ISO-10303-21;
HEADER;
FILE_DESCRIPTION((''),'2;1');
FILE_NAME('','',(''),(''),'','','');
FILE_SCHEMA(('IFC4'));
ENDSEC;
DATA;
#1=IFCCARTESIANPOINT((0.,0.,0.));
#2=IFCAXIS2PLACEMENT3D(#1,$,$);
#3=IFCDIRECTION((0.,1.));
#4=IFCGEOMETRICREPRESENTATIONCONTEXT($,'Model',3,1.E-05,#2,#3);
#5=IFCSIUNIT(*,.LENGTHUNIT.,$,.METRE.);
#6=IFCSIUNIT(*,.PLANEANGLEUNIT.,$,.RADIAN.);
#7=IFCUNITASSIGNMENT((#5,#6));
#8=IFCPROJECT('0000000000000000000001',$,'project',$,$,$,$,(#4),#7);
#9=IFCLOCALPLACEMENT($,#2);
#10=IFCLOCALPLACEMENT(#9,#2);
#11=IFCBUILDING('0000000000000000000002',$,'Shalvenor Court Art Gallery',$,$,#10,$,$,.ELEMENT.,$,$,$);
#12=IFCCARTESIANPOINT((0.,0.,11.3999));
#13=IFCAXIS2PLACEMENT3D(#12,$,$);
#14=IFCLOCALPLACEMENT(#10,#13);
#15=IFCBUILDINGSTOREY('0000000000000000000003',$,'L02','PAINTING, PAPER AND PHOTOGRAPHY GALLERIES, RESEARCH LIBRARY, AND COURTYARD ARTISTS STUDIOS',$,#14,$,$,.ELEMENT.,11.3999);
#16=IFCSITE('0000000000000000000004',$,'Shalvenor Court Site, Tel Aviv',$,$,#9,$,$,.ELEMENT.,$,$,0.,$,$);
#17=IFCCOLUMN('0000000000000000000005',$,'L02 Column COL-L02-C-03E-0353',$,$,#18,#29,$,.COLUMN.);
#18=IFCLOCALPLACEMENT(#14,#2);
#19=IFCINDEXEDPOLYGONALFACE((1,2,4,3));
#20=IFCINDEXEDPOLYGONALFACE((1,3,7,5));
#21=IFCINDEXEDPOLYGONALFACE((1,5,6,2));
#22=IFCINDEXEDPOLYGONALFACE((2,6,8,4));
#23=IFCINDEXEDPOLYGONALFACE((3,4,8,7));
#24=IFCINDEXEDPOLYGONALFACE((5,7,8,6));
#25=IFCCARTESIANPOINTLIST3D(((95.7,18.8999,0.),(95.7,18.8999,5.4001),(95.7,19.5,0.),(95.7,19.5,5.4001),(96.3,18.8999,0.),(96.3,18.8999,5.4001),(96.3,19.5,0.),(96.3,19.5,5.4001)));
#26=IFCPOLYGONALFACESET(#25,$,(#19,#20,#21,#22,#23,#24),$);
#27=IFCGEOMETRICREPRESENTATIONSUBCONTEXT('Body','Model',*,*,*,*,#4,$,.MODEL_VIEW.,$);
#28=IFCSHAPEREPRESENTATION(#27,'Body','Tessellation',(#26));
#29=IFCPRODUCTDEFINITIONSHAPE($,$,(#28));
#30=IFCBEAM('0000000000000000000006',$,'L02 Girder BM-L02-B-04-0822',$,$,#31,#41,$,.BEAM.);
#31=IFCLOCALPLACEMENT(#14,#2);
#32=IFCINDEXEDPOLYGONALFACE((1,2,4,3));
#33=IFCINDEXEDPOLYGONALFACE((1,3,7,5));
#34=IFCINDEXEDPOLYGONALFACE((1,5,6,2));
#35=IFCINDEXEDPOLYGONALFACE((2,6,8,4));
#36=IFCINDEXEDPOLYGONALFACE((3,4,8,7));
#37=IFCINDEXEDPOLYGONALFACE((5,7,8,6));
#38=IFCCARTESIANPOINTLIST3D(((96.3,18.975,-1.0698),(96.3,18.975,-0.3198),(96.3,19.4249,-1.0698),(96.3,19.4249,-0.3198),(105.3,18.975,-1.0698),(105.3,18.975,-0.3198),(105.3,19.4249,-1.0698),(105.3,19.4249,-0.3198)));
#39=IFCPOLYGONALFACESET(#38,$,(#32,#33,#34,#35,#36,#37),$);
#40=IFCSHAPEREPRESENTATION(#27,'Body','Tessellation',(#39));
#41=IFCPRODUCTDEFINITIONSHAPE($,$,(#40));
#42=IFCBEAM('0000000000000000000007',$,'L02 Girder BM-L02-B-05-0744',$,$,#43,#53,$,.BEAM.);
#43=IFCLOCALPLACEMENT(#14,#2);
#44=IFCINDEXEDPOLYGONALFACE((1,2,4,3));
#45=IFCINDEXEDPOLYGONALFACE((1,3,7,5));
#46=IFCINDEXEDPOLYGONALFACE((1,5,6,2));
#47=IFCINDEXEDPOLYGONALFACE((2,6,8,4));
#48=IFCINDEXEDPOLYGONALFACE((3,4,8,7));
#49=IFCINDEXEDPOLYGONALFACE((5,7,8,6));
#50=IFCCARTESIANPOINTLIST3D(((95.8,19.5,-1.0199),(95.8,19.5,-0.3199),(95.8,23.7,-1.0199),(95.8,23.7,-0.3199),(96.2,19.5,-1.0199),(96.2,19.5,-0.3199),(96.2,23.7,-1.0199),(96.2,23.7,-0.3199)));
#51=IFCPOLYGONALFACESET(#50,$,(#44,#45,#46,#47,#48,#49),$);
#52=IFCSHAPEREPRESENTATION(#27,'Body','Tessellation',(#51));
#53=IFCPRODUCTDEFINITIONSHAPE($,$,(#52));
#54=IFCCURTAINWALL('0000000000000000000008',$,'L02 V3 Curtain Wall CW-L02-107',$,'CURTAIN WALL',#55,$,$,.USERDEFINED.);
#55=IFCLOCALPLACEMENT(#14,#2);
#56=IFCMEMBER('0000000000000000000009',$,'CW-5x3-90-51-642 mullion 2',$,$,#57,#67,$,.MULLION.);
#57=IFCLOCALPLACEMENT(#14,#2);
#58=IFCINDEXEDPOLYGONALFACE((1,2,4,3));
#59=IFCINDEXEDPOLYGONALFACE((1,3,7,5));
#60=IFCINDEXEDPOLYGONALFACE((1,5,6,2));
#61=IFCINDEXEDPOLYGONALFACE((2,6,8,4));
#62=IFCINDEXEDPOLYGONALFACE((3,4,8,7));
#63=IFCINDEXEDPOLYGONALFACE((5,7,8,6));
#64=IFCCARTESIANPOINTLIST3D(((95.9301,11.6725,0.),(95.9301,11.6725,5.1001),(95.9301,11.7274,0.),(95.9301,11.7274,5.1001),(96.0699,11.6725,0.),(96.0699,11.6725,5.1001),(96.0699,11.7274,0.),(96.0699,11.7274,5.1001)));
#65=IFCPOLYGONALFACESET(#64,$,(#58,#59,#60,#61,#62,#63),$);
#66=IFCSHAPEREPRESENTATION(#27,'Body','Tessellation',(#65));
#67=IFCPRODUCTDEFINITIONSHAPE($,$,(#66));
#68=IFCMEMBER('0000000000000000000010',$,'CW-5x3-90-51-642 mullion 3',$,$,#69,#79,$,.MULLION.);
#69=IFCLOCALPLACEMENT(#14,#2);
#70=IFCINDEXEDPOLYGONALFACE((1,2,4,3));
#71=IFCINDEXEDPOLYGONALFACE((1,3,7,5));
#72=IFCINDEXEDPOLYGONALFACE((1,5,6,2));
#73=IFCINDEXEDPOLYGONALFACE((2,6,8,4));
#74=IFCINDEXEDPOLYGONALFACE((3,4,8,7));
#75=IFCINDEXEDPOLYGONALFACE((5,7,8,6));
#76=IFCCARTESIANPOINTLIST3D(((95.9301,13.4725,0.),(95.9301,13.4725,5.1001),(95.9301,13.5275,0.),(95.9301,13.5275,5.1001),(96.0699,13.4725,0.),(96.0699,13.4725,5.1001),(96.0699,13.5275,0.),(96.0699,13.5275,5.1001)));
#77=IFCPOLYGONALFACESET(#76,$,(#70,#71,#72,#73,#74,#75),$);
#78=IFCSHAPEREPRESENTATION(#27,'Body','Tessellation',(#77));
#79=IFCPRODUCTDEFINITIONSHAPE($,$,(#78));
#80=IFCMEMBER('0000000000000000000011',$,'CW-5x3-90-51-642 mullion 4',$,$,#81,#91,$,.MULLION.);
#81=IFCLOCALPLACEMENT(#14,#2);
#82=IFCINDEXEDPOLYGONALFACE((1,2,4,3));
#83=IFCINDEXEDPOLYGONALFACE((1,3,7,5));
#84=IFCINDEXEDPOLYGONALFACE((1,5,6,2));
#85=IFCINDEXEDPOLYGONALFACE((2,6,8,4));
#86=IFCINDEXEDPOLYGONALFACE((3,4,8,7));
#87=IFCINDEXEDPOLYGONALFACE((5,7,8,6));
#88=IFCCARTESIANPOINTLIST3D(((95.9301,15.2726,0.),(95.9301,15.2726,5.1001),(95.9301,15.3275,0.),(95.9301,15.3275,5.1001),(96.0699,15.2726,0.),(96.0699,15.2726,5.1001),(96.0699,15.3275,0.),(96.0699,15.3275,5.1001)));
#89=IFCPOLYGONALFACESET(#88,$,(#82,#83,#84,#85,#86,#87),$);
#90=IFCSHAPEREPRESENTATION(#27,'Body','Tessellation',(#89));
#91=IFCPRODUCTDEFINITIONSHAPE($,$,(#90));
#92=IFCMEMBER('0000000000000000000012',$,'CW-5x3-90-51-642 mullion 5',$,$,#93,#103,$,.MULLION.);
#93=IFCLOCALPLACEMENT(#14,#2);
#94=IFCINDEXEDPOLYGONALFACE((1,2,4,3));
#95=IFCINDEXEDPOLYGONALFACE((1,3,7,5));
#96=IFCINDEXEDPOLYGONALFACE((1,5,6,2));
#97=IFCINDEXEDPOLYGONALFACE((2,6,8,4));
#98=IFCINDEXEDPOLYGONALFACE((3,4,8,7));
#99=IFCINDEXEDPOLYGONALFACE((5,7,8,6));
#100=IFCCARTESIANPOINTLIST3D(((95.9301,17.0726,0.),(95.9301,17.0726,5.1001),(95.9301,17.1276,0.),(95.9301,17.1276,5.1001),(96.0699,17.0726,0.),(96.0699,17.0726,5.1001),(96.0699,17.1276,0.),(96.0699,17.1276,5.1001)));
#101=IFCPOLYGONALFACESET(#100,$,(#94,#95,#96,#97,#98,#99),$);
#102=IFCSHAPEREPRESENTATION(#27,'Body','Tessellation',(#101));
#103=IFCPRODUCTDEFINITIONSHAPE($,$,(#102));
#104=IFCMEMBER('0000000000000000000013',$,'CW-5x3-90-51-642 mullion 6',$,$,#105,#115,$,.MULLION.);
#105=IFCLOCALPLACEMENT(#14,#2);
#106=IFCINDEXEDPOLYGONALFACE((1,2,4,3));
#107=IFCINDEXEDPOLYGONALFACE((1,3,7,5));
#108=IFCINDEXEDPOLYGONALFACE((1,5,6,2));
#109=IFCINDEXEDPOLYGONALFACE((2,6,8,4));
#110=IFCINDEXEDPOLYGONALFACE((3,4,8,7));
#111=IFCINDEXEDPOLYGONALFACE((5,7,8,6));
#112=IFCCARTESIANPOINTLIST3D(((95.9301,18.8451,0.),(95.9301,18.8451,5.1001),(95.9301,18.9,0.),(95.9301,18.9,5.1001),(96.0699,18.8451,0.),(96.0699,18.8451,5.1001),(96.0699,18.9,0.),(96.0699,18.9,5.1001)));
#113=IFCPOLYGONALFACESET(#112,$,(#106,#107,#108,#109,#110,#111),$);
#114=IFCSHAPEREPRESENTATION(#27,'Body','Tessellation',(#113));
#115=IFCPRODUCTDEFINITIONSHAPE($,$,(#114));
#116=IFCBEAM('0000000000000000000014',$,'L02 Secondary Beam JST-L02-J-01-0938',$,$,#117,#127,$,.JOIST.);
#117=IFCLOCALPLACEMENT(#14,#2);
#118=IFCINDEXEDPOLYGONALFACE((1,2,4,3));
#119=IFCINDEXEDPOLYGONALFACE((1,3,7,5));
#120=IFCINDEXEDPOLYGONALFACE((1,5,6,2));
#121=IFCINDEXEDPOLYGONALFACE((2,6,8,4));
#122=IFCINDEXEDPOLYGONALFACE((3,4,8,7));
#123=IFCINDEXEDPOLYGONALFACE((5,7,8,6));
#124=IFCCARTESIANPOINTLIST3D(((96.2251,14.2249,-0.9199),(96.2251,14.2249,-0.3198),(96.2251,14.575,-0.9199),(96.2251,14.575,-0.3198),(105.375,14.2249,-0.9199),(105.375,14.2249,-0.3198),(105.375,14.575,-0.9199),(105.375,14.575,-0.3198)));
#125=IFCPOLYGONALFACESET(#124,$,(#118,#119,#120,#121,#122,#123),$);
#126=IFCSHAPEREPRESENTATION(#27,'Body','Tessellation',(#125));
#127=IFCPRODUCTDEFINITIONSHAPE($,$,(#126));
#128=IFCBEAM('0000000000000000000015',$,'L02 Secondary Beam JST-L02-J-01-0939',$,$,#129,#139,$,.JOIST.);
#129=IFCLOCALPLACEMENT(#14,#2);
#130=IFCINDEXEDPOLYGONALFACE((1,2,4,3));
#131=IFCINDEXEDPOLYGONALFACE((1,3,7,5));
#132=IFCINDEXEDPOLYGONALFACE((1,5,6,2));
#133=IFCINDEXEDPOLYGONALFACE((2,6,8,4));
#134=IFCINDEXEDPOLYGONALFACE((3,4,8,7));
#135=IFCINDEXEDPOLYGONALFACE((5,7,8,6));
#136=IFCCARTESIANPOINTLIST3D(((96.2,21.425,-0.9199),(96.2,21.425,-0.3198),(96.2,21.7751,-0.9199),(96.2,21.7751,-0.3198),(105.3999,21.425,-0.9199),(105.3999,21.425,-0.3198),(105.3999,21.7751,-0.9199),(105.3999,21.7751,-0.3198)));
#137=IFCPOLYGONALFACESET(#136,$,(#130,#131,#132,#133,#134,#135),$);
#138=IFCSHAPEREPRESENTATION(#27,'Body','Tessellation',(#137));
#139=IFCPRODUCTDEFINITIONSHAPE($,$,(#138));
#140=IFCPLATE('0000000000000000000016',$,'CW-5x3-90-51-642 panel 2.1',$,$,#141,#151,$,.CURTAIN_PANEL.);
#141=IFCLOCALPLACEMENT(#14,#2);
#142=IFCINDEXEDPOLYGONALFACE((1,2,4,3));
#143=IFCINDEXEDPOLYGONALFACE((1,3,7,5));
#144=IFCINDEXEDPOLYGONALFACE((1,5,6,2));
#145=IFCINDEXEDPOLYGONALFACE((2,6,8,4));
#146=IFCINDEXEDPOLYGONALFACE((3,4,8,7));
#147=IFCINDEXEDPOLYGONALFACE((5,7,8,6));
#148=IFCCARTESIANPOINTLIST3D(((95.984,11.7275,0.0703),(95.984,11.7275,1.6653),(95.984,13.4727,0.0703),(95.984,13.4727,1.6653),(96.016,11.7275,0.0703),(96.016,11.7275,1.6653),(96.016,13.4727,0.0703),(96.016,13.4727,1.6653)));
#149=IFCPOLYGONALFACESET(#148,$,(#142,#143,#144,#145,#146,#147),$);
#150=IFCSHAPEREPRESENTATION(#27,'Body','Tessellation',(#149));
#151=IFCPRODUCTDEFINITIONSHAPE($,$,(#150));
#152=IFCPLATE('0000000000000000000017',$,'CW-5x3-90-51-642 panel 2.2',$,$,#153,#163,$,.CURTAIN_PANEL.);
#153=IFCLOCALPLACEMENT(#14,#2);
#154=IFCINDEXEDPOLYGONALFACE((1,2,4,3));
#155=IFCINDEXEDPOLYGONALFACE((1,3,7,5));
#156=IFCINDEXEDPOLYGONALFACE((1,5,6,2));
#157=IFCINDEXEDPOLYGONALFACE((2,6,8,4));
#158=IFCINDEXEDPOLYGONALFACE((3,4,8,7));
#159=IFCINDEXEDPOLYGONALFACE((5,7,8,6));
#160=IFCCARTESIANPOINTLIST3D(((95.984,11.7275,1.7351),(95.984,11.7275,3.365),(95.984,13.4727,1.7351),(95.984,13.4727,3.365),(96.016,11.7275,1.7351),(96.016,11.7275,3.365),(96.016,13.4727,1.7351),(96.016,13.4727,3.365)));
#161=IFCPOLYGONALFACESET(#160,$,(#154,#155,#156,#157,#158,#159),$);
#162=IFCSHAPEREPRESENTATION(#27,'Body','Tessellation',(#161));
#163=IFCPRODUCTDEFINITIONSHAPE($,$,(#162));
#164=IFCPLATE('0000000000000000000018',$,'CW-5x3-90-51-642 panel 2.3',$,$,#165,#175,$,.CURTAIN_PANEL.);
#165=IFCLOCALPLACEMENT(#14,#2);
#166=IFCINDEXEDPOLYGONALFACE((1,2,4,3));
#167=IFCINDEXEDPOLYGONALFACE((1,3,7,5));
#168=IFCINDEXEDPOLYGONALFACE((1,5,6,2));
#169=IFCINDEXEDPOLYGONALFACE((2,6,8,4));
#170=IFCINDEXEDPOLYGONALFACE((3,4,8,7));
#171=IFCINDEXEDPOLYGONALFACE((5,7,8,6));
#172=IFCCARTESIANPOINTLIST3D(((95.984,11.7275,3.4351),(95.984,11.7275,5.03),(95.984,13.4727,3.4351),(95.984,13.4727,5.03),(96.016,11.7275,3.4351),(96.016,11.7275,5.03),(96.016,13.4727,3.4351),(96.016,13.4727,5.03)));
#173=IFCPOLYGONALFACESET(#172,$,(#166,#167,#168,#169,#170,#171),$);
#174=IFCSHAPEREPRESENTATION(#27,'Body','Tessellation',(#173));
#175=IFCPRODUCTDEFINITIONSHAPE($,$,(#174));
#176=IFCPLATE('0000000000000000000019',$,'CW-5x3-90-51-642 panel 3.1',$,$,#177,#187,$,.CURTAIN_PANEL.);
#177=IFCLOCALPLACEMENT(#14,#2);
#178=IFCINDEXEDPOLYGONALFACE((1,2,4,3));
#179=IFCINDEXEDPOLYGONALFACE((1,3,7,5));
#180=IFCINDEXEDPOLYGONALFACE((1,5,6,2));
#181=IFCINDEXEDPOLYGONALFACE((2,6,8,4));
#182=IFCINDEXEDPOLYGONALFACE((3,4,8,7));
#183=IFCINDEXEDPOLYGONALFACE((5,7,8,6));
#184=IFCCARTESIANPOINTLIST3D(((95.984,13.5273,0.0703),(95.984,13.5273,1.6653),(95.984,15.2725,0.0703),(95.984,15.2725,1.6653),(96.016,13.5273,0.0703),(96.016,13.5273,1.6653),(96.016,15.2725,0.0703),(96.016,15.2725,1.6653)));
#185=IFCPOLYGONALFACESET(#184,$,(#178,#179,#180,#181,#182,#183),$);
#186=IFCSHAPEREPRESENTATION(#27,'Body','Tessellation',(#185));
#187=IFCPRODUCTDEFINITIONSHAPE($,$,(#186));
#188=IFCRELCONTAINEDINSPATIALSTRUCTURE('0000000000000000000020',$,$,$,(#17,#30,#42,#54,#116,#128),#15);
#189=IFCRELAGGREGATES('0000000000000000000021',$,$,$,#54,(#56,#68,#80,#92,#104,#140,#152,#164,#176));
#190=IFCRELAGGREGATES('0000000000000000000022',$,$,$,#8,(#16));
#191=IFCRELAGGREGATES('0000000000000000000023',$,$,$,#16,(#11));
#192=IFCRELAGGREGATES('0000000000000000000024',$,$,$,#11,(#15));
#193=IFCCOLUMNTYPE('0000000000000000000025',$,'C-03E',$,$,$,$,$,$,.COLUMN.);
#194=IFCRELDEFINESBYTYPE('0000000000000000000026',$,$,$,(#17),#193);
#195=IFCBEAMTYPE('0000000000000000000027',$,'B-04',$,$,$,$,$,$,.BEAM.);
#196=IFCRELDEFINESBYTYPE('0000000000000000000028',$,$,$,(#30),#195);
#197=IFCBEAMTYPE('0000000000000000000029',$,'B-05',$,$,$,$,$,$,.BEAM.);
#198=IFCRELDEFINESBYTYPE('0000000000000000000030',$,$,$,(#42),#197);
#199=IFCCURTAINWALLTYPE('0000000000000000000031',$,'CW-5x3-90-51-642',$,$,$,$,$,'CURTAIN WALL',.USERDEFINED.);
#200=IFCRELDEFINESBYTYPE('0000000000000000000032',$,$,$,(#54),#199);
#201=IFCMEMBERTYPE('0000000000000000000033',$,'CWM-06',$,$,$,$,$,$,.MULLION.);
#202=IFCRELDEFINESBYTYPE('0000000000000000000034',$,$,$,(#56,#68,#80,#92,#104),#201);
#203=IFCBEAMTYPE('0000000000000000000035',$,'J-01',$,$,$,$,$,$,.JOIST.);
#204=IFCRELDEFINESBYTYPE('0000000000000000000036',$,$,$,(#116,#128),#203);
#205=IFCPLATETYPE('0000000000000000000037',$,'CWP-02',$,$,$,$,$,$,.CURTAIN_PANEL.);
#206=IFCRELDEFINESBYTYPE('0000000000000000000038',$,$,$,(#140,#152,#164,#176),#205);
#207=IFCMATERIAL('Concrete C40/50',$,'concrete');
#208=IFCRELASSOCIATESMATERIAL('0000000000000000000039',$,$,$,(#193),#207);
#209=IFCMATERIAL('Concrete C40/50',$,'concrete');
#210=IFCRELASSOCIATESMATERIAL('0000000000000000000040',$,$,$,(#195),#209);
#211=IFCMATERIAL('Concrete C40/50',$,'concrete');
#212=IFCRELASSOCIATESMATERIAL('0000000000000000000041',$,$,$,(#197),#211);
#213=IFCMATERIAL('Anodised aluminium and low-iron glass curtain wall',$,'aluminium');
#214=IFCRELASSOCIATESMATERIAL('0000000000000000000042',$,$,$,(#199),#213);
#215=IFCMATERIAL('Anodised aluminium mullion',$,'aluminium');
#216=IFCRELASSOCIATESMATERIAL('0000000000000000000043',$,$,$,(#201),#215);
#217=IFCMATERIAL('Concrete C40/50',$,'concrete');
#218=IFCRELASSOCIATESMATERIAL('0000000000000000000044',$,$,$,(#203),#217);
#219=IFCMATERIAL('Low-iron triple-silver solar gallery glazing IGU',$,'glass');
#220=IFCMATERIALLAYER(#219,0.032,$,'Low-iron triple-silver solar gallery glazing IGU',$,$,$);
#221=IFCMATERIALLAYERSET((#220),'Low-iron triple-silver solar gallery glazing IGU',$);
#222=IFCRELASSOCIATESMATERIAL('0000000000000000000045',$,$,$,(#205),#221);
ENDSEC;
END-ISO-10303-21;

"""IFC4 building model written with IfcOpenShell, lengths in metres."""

from ifc_helpers import new_model, si_unit, direction, frame, origin, origin_2d, place, context, subcontext, project, spatial, rectangle, extrude, material, layer, layer_set, material_profile, profile_set, type_object, element, aggregate, save


model = new_model("IFC4")

# Units and contexts
model_context = context("Model", 3, precision=1e-05, world=origin(), true_north=direction((0.0, 1.0)))
body_context = subcontext(model_context, "Body", "Model", "MODEL_VIEW")
ifc_project = project(units=[si_unit("LENGTHUNIT", "METRE"), si_unit("PLANEANGLEUNIT", "RADIAN")], contexts=[model_context])

# Site, building, storey
site_placement = place(None, origin())
site = spatial("IfcSite", under=ifc_project, at=site_placement, Name="Shalvenor Court Site, Tel Aviv", CompositionType="ELEMENT", RefElevation=0.0)
building_placement = place(site_placement, origin())
building = spatial("IfcBuilding", under=site, at=building_placement, Name="Shalvenor Court Art Gallery", CompositionType="ELEMENT")
storey_placement = place(building_placement, frame((0.0, 0.0, 11.3999)))
storey = spatial("IfcBuildingStorey", under=building, at=storey_placement, Name="L02", Description="PAINTING, PAPER AND PHOTOGRAPHY GALLERIES, RESEARCH LIBRARY, AND COURTYARD ARTISTS STUDIOS", CompositionType="ELEMENT", Elevation=11.3999)

# Column
ifc_material_1 = material(Name="Concrete C40/50", Category="concrete")
ifc_material_profile_1 = material_profile(ifc_material_1, rectangle(XDim=0.6001, YDim=0.6001, at=origin_2d()), Name="RC 600x600")
ifc_profile_set_1 = profile_set([ifc_material_profile_1], Name="Concrete C40/50")
column_type = type_object("IfcColumnType", Name="C-03E", PredefinedType="COLUMN", material=ifc_profile_set_1)
column_placement = place(storey_placement, frame((96.0, 19.2, 0.0), z_axis=(0.0, 0.0, 1.0), x_axis=(1.0, 0.0, 0.0)))
element("IfcColumn", 1, at=column_placement, inside=storey, type_object=column_type, Name="L02 Column COL-L02-C-03E-0353", PredefinedType="COLUMN", context=body_context, shape_type="SweptSolid", body=[
    extrude(rectangle(XDim=0.6001, YDim=0.6001, at=origin_2d()), origin(), (0.0, 0.0, 1.0), 5.4001),
])

# Beams
ifc_material_2 = material(Name="Concrete C40/50", Category="concrete")
ifc_material_profile_2 = material_profile(ifc_material_2, rectangle(XDim=0.45, YDim=0.75, at=origin_2d()), Name="RC 450x750")
ifc_profile_set_2 = profile_set([ifc_material_profile_2], Name="Concrete C40/50")
beam_type_1 = type_object("IfcBeamType", Name="B-04", PredefinedType="BEAM", material=ifc_profile_set_2)
beam_1_placement = place(storey_placement, frame((96.3, 19.2, -0.6948), z_axis=(1.0, 0.0, 0.0), x_axis=(0.0, 1.0, 0.0)))
element("IfcBeam", 2, at=beam_1_placement, inside=storey, type_object=beam_type_1, Name="L02 Girder BM-L02-B-04-0822", PredefinedType="BEAM", context=body_context, shape_type="SweptSolid", body=[
    extrude(rectangle(XDim=0.45, YDim=0.75, at=origin_2d()), origin(), (0.0, 0.0, 1.0), 9.0),
])
ifc_material_3 = material(Name="Concrete C40/50", Category="concrete")
ifc_material_profile_3 = material_profile(ifc_material_3, rectangle(XDim=0.3999, YDim=0.7, at=origin_2d()), Name="RC 400x700")
ifc_profile_set_3 = profile_set([ifc_material_profile_3], Name="Concrete C40/50")
beam_type_2 = type_object("IfcBeamType", Name="B-05", PredefinedType="BEAM", material=ifc_profile_set_3)
beam_2_placement = place(storey_placement, frame((96.0, 19.5, -0.6699), z_axis=(0.0, 1.0, 0.0), x_axis=(-1.0, 0.0, 0.0)))
element("IfcBeam", 3, at=beam_2_placement, inside=storey, type_object=beam_type_2, Name="L02 Girder BM-L02-B-05-0744", PredefinedType="BEAM", context=body_context, shape_type="SweptSolid", body=[
    extrude(rectangle(XDim=0.3999, YDim=0.7, at=origin_2d()), origin(), (0.0, 0.0, 1.0), 4.2),
])

# Curtain wall, members
ifc_material_4 = material(Name="Anodised aluminium and low-iron glass curtain wall", Category="aluminium")
curtain_wall_type = type_object("IfcCurtainWallType", Name="CW-5x3-90-51-642", ElementType="CURTAIN WALL", PredefinedType="USERDEFINED", material=ifc_material_4)
curtain_wall_placement = place(storey_placement, origin())
curtain_wall = element("IfcCurtainWall", 4, at=curtain_wall_placement, inside=storey, type_object=curtain_wall_type, Name="L02 V3 Curtain Wall CW-L02-107", ObjectType="CURTAIN WALL", PredefinedType="USERDEFINED")
ifc_material_5 = material(Name="Anodised aluminium mullion", Category="aluminium")
ifc_material_profile_4 = material_profile(ifc_material_5, rectangle(XDim=0.0549, YDim=0.1399, at=origin_2d()), Name="CWM-06")
ifc_profile_set_4 = profile_set([ifc_material_profile_4], Name="Anodised aluminium mullion")
member_type = type_object("IfcMemberType", Name="CWM-06", PredefinedType="MULLION", material=ifc_profile_set_4)
member_1_placement = place(storey_placement, frame((96.0, 11.7, 0.0), z_axis=(0.0, 0.0, 1.0), x_axis=(0.0, 1.0, 0.0)))
member_1 = element("IfcMember", 5, at=member_1_placement, type_object=member_type, Name="CW-5x3-90-51-642 mullion 2", PredefinedType="MULLION", context=body_context, shape_type="SweptSolid", body=[
    extrude(rectangle(XDim=0.0549, YDim=0.1399, at=origin_2d()), origin(), (0.0, 0.0, 1.0), 5.1001),
])
member_2_placement = place(storey_placement, frame((96.0, 13.5, 0.0), z_axis=(0.0, 0.0, 1.0), x_axis=(0.0, 1.0, 0.0)))
member_2 = element("IfcMember", 6, at=member_2_placement, type_object=member_type, Name="CW-5x3-90-51-642 mullion 3", PredefinedType="MULLION", context=body_context, shape_type="SweptSolid", body=[
    extrude(rectangle(XDim=0.0549, YDim=0.1399, at=origin_2d()), origin(), (0.0, 0.0, 1.0), 5.1001),
])
member_3_placement = place(storey_placement, frame((96.0, 15.3, 0.0), z_axis=(0.0, 0.0, 1.0), x_axis=(0.0, 1.0, 0.0)))
member_3 = element("IfcMember", 7, at=member_3_placement, type_object=member_type, Name="CW-5x3-90-51-642 mullion 4", PredefinedType="MULLION", context=body_context, shape_type="SweptSolid", body=[
    extrude(rectangle(XDim=0.0549, YDim=0.1399, at=origin_2d()), origin(), (0.0, 0.0, 1.0), 5.1001),
])
member_4_placement = place(storey_placement, frame((96.0, 17.1001, 0.0), z_axis=(0.0, 0.0, 1.0), x_axis=(0.0, 1.0, 0.0)))
member_4 = element("IfcMember", 8, at=member_4_placement, type_object=member_type, Name="CW-5x3-90-51-642 mullion 5", PredefinedType="MULLION", context=body_context, shape_type="SweptSolid", body=[
    extrude(rectangle(XDim=0.0549, YDim=0.1399, at=origin_2d()), origin(), (0.0, 0.0, 1.0), 5.1001),
])
member_5_placement = place(storey_placement, frame((96.0, 18.8726, 0.0), z_axis=(0.0, 0.0, 1.0), x_axis=(0.0, 1.0, 0.0)))
member_5 = element("IfcMember", 9, at=member_5_placement, type_object=member_type, Name="CW-5x3-90-51-642 mullion 6", PredefinedType="MULLION", context=body_context, shape_type="SweptSolid", body=[
    extrude(rectangle(XDim=0.0549, YDim=0.1399, at=origin_2d()), origin(), (0.0, 0.0, 1.0), 5.1001),
])

# Beams
ifc_material_6 = material(Name="Concrete C40/50", Category="concrete")
ifc_material_profile_5 = material_profile(ifc_material_6, rectangle(XDim=0.3501, YDim=0.6001, at=origin_2d()), Name="RC 350x600")
ifc_profile_set_5 = profile_set([ifc_material_profile_5], Name="Concrete C40/50")
beam_type_3 = type_object("IfcBeamType", Name="J-01", PredefinedType="JOIST", material=ifc_profile_set_5)
beam_3_placement = place(storey_placement, frame((96.2251, 14.3999, -0.6199), z_axis=(1.0, 0.0, 0.0), x_axis=(0.0, 1.0, 0.0)))
element("IfcBeam", 10, at=beam_3_placement, inside=storey, type_object=beam_type_3, Name="L02 Secondary Beam JST-L02-J-01-0938", PredefinedType="JOIST", context=body_context, shape_type="SweptSolid", body=[
    extrude(rectangle(XDim=0.3501, YDim=0.6001, at=origin_2d()), origin(), (0.0, 0.0, 1.0), 9.1499),
])
beam_4_placement = place(storey_placement, frame((96.2, 21.6001, -0.6199), z_axis=(1.0, 0.0, 0.0), x_axis=(0.0, 1.0, 0.0)))
element("IfcBeam", 11, at=beam_4_placement, inside=storey, type_object=beam_type_3, Name="L02 Secondary Beam JST-L02-J-01-0939", PredefinedType="JOIST", context=body_context, shape_type="SweptSolid", body=[
    extrude(rectangle(XDim=0.3501, YDim=0.6001, at=origin_2d()), origin(), (0.0, 0.0, 1.0), 9.2),
])

# Plates
ifc_material_7 = material(Name="Low-iron triple-silver solar gallery glazing IGU", Category="glass")
ifc_layer_1 = layer(ifc_material_7, 0.032, Name="Low-iron triple-silver solar gallery glazing IGU")
ifc_layer_set_1 = layer_set([ifc_layer_1], Name="Low-iron triple-silver solar gallery glazing IGU")
plate_type_1 = type_object("IfcPlateType", Name="CWP-02", PredefinedType="CURTAIN_PANEL", material=ifc_layer_set_1)
plate_1_placement = place(storey_placement, frame((96.0, 12.6001, 0.0703), z_axis=(0.0, 0.0, 1.0), x_axis=(0.0, 1.0, 0.0)))
plate_1 = element("IfcPlate", 12, at=plate_1_placement, type_object=plate_type_1, Name="CW-5x3-90-51-642 panel 2.1", PredefinedType="CURTAIN_PANEL", context=body_context, shape_type="SweptSolid", body=[
    extrude(rectangle(XDim=1.7451, YDim=0.032, at=origin_2d()), origin(), (0.0, 0.0, 1.0), 1.595),
])
plate_2_placement = place(storey_placement, frame((96.0, 12.6001, 1.7351), z_axis=(0.0, 0.0, 1.0), x_axis=(0.0, 1.0, 0.0)))
plate_2 = element("IfcPlate", 13, at=plate_2_placement, type_object=plate_type_1, Name="CW-5x3-90-51-642 panel 2.2", PredefinedType="CURTAIN_PANEL", context=body_context, shape_type="SweptSolid", body=[
    extrude(rectangle(XDim=1.7451, YDim=0.032, at=origin_2d()), origin(), (0.0, 0.0, 1.0), 1.6299),
])
plate_3_placement = place(storey_placement, frame((96.0, 12.6001, 3.4351), z_axis=(0.0, 0.0, 1.0), x_axis=(0.0, 1.0, 0.0)))
plate_3 = element("IfcPlate", 14, at=plate_3_placement, type_object=plate_type_1, Name="CW-5x3-90-51-642 panel 2.3", PredefinedType="CURTAIN_PANEL", context=body_context, shape_type="SweptSolid", body=[
    extrude(rectangle(XDim=1.7451, YDim=0.032, at=origin_2d()), origin(), (0.0, 0.0, 1.0), 1.595),
])
plate_4_placement = place(storey_placement, frame((96.0, 14.3999, 0.0703), z_axis=(0.0, 0.0, 1.0), x_axis=(0.0, 1.0, 0.0)))
plate_4 = element("IfcPlate", 15, at=plate_4_placement, type_object=plate_type_1, Name="CW-5x3-90-51-642 panel 3.1", PredefinedType="CURTAIN_PANEL", context=body_context, shape_type="SweptSolid", body=[
    extrude(rectangle(XDim=1.7451, YDim=0.032, at=origin_2d()), origin(), (0.0, 0.0, 1.0), 1.595),
])
aggregate(curtain_wall, [member_1, member_2, member_3, member_4, member_5, plate_1, plate_2, plate_3, plate_4])

save(model, "model.ifc")
